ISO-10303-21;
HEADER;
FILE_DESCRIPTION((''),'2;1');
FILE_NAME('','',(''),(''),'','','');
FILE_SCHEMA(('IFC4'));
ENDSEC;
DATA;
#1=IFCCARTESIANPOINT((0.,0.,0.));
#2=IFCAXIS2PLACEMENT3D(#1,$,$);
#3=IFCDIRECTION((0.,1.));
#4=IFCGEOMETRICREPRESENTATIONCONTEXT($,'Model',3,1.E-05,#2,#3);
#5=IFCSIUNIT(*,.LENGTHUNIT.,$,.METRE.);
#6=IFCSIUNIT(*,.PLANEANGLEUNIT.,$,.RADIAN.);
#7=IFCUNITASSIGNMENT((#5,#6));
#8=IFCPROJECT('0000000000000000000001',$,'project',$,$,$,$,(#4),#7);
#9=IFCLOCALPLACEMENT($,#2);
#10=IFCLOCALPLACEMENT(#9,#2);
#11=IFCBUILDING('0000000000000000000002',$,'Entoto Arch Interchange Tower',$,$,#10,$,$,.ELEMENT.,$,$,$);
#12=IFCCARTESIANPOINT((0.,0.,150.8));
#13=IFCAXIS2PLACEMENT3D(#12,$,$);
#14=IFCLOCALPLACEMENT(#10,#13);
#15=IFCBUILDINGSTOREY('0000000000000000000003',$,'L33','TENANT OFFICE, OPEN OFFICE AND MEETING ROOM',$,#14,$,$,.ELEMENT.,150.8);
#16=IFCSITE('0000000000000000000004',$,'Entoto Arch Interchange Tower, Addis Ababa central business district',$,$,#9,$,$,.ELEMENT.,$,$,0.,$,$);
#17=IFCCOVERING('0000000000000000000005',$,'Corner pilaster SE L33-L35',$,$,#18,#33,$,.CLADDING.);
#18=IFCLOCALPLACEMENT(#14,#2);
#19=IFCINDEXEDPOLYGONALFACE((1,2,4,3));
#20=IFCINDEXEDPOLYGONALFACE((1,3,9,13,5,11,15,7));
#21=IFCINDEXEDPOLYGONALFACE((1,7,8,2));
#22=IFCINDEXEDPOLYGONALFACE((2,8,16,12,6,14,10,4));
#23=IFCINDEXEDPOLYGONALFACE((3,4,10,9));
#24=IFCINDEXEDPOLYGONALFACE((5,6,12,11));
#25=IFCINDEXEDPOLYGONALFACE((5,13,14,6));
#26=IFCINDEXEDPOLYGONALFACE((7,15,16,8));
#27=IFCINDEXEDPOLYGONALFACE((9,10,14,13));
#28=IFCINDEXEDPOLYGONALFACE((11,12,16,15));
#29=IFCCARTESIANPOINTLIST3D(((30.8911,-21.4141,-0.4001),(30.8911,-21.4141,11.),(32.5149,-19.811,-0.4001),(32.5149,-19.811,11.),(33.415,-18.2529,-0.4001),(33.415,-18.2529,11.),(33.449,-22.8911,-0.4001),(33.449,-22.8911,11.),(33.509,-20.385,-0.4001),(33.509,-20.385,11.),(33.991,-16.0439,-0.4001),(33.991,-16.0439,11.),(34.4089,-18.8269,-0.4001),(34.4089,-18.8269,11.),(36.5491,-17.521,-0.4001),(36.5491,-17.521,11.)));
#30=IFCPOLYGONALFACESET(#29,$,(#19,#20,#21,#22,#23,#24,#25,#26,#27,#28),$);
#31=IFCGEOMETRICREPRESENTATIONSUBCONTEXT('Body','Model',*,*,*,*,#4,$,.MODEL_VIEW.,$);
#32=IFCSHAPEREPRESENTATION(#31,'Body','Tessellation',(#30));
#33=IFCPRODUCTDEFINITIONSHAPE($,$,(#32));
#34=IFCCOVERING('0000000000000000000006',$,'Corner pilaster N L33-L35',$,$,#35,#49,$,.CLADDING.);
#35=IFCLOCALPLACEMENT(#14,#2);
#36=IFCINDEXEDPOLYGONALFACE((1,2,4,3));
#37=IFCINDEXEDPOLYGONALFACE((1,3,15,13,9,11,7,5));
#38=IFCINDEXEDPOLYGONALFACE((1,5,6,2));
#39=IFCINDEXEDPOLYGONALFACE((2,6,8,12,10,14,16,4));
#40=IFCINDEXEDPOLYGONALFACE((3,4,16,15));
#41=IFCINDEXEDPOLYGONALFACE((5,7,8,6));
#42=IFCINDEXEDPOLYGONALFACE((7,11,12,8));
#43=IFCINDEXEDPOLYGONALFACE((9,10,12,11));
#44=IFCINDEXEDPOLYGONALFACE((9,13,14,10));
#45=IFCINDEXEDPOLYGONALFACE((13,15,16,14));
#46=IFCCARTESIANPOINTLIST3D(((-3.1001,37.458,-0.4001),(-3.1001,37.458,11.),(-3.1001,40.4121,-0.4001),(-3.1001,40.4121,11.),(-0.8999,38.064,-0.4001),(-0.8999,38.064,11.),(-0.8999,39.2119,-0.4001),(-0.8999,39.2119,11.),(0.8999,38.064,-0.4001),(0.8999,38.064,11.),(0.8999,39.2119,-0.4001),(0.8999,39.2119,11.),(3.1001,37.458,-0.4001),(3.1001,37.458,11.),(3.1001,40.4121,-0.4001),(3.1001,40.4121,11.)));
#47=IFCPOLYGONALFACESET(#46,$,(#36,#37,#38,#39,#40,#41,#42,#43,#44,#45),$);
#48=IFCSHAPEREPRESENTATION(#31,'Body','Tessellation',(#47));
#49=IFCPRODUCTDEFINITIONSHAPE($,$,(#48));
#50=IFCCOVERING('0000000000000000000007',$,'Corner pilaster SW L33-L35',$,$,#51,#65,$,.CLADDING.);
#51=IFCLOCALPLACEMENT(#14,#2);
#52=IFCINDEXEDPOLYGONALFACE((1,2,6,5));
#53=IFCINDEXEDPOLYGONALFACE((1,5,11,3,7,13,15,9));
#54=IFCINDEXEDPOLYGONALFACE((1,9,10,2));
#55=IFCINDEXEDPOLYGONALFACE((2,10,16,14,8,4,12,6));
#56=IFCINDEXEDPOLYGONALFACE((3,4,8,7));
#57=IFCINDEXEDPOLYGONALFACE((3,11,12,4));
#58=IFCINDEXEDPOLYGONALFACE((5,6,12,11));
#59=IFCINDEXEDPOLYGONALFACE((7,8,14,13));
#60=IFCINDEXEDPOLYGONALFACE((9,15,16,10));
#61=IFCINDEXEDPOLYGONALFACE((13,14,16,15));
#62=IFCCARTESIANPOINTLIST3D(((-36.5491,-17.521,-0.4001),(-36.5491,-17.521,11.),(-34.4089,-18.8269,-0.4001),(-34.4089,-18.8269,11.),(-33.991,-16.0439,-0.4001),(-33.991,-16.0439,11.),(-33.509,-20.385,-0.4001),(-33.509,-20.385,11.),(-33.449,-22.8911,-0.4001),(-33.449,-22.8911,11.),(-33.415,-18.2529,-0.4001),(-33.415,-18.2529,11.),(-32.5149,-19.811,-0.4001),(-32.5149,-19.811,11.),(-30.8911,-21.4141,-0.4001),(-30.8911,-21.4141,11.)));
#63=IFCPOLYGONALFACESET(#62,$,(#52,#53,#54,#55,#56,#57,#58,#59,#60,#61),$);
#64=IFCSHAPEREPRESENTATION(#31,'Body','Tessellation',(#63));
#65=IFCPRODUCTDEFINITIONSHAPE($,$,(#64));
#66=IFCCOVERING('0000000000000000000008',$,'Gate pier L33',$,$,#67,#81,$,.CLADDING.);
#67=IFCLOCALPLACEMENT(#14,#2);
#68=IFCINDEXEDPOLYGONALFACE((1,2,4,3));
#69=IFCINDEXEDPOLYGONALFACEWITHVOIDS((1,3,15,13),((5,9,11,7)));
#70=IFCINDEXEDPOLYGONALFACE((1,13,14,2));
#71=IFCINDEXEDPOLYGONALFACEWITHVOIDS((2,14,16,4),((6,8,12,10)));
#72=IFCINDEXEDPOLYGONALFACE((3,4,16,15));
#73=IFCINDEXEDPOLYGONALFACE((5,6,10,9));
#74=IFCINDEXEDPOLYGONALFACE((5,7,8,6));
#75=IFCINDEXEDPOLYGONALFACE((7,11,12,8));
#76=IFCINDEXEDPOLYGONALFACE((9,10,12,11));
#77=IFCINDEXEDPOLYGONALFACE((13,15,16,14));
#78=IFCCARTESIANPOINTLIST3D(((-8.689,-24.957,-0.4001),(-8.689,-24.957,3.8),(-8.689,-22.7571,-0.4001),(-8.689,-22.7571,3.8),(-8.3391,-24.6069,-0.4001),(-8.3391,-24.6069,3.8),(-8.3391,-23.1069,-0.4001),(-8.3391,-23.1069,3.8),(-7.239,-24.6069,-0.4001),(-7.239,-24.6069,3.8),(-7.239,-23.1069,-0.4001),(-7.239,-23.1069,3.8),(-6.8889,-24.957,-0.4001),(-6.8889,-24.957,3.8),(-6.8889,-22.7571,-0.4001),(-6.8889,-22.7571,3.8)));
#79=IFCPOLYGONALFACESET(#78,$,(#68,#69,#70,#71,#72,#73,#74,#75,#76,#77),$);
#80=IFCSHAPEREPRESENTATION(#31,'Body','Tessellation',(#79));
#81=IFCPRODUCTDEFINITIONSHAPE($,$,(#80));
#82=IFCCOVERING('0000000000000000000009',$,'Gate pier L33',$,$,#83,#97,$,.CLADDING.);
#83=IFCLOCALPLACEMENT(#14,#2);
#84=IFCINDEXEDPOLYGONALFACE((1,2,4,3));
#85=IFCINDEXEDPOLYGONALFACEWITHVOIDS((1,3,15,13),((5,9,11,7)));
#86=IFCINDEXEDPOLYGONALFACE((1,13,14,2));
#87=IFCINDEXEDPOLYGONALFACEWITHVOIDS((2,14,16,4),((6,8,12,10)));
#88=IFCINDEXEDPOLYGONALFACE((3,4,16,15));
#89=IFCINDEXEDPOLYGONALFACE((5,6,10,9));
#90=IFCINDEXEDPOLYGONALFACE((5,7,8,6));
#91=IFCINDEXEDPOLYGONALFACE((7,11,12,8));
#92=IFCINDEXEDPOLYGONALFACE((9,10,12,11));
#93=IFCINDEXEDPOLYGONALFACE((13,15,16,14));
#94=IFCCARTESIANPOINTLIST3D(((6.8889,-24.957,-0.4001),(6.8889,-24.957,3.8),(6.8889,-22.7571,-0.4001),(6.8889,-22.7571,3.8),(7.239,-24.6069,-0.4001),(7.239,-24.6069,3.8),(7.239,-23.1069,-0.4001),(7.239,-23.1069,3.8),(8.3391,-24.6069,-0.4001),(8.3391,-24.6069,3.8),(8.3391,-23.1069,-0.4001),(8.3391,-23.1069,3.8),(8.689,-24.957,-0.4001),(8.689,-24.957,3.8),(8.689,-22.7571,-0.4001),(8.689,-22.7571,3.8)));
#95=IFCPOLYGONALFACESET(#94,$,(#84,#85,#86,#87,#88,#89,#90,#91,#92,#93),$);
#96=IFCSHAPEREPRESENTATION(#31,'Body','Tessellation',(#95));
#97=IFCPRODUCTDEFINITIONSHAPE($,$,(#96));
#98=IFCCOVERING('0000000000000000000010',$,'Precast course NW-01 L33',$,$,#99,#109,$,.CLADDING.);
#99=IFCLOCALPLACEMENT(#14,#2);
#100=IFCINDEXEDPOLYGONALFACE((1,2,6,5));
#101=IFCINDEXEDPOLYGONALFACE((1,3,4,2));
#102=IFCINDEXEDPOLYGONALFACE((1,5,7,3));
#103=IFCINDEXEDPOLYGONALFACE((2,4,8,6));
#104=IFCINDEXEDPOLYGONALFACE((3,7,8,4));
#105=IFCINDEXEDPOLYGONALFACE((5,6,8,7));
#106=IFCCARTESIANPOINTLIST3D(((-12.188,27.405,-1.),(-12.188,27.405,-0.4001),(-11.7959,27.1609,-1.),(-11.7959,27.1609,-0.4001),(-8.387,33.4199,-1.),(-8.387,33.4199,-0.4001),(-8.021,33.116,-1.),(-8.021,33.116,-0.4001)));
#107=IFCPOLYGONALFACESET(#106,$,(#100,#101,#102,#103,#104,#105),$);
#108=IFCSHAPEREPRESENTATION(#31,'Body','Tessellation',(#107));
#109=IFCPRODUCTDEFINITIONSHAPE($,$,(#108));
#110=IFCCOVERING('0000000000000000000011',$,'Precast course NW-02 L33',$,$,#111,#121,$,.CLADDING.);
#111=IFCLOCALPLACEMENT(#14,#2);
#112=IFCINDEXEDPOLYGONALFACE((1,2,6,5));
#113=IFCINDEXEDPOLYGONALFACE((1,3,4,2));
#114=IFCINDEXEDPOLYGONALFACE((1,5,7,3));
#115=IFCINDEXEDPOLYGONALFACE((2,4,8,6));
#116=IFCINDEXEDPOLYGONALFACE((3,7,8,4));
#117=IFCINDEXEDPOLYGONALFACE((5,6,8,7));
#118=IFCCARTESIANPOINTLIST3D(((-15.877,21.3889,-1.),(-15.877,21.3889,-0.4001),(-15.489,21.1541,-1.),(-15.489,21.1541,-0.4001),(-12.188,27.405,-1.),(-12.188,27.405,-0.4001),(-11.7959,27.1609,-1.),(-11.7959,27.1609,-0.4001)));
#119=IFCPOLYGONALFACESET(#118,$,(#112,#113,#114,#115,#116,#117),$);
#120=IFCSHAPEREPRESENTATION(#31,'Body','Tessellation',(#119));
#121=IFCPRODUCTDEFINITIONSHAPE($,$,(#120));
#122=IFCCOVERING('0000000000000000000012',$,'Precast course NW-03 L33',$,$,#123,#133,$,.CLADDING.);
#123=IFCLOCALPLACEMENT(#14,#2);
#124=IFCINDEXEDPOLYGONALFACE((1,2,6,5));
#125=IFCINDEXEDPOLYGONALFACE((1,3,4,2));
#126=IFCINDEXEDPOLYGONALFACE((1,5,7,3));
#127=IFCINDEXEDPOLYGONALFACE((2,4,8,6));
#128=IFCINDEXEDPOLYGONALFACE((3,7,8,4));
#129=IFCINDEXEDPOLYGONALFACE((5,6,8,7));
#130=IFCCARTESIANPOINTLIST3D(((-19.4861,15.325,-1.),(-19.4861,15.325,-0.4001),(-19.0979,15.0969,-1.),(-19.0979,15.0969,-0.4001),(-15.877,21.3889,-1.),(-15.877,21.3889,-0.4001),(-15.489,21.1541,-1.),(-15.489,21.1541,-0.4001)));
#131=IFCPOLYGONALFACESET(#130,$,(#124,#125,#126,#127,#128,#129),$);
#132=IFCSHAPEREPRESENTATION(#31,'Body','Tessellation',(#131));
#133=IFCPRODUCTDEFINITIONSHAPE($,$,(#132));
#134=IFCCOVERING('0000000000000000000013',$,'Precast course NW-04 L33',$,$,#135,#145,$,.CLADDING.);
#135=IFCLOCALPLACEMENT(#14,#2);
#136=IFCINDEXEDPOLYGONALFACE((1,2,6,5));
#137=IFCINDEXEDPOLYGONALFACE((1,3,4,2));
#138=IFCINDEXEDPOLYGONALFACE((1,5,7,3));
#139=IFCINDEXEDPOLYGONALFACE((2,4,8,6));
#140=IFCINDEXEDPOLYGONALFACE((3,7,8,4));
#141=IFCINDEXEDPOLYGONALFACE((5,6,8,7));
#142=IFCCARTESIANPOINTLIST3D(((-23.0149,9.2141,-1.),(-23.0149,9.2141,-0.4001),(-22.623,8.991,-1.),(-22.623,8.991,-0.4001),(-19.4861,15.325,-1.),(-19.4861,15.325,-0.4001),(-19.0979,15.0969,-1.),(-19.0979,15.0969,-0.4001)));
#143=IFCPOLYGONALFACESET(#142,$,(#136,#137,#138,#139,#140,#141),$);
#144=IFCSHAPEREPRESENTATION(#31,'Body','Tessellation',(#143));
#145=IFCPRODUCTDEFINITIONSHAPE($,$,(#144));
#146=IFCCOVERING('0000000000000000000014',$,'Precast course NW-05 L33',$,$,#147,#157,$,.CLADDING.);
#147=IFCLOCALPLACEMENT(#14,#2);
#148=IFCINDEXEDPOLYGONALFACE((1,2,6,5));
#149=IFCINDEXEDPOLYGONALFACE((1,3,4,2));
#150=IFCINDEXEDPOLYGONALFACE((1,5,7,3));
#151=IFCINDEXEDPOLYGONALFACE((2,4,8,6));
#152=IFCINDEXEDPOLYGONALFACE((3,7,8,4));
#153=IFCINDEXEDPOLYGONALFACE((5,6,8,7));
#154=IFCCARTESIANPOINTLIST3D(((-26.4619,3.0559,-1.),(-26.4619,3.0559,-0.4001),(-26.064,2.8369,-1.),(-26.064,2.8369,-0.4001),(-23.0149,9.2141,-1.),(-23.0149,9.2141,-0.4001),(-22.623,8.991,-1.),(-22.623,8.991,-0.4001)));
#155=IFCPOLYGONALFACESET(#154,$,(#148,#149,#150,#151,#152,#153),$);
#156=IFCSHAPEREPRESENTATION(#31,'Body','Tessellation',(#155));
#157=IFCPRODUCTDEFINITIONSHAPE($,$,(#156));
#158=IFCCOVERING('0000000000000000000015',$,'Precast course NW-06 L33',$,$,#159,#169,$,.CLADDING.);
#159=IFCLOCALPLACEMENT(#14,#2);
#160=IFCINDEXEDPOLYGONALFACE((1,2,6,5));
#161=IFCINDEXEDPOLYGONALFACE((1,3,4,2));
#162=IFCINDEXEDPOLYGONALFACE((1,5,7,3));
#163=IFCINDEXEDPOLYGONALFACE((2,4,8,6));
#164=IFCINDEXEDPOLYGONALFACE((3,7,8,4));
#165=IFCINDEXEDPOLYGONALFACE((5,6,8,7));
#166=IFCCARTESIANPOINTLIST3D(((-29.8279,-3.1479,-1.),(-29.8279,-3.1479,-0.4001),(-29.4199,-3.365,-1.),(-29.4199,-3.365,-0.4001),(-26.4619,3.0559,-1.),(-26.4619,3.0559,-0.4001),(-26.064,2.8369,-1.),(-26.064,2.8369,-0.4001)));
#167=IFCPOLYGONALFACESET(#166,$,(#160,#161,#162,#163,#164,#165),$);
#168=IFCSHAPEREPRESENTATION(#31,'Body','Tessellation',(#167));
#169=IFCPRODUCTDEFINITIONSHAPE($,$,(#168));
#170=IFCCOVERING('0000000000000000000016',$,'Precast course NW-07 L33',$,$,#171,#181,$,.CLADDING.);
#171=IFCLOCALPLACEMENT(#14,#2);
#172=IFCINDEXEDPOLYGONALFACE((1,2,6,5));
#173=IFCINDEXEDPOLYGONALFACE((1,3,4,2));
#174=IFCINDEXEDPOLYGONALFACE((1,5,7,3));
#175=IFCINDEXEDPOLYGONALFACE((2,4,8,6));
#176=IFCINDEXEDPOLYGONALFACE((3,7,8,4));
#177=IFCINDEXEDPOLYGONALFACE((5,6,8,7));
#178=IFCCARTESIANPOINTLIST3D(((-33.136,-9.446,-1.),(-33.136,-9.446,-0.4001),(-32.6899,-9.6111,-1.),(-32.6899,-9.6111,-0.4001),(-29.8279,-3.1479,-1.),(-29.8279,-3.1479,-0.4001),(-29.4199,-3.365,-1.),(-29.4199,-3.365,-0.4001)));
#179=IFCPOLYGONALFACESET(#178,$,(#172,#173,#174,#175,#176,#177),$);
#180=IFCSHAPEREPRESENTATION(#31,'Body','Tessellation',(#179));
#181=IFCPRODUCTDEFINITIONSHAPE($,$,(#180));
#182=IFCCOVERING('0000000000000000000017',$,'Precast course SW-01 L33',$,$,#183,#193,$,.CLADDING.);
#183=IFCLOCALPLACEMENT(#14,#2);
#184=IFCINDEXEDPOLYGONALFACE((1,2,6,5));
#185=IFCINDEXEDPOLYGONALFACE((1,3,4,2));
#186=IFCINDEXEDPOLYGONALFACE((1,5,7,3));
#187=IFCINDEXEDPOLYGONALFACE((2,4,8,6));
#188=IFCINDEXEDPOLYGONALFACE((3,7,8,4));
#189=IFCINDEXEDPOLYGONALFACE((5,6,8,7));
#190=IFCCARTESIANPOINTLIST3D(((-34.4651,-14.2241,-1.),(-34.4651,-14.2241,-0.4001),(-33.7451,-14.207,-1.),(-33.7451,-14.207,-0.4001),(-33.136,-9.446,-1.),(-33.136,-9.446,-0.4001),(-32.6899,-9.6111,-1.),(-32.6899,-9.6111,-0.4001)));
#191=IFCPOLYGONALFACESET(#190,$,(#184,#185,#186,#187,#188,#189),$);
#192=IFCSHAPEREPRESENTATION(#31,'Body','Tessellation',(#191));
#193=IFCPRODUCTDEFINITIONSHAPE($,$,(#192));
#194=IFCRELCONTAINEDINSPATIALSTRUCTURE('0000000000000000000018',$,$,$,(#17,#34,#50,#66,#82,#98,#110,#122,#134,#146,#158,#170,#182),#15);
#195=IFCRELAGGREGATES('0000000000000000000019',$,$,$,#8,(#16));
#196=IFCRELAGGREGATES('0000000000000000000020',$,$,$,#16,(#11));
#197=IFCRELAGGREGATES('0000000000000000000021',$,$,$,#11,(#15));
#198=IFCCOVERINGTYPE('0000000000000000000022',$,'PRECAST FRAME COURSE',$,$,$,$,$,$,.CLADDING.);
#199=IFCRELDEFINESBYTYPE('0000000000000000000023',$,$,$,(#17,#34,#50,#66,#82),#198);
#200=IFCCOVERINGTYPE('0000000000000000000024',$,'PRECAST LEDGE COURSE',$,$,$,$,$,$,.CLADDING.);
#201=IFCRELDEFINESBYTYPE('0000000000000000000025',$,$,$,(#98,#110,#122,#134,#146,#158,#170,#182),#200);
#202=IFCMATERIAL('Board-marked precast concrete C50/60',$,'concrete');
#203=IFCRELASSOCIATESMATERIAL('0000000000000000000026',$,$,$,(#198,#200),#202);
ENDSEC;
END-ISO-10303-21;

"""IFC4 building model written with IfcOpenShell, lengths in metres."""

from ifc_helpers import new_model, si_unit, direction, frame, origin, place, context, subcontext, project, spatial, polyline, outline, extrude, material, type_object, element, save


model = new_model("IFC4")

# Units and contexts
model_context = context("Model", 3, precision=1e-05, world=origin(), true_north=direction((0.0, 1.0)))
body_context = subcontext(model_context, "Body", "Model", "MODEL_VIEW")
ifc_project = project(units=[si_unit("LENGTHUNIT", "METRE"), si_unit("PLANEANGLEUNIT", "RADIAN")], contexts=[model_context])

# Site, building, storey
site_placement = place(None, origin())
site = spatial("IfcSite", under=ifc_project, at=site_placement, Name="Entoto Arch Interchange Tower, Addis Ababa central business district", CompositionType="ELEMENT", RefElevation=0.0)
building_placement = place(site_placement, origin())
building = spatial("IfcBuilding", under=site, at=building_placement, Name="Entoto Arch Interchange Tower", CompositionType="ELEMENT")
storey_placement = place(building_placement, frame((0.0, 0.0, 150.8)))
storey = spatial("IfcBuildingStorey", under=building, at=storey_placement, Name="L33", Description="TENANT OFFICE, OPEN OFFICE AND MEETING ROOM", CompositionType="ELEMENT", Elevation=150.8)

# Shared definitions
ifc_material_1 = material(Name="Board-marked precast concrete C50/60", Category="concrete")

# Coverings
covering_type_1 = type_object("IfcCoveringType", Name="PRECAST FRAME COURSE", PredefinedType="CLADDING", material=ifc_material_1)
covering_1_placement = place(storey_placement, frame((0.0, 0.0, -0.4001)))
element("IfcCovering", 1, at=covering_1_placement, inside=storey, type_object=covering_type_1, Name="Corner pilaster SE L33-L35", PredefinedType="CLADDING", context=body_context, shape_type="SweptSolid", body=[
    extrude(outline(polyline([(36.5491, -17.521), (33.449, -22.8911), (30.8911, -21.4141), (32.5149, -19.811), (33.509, -20.385), (34.4089, -18.8269), (33.415, -18.2529), (33.991, -16.0439), (36.5491, -17.521)])), origin(), (0.0, 0.0, 1.0), 11.4001),
])
covering_2_placement = place(storey_placement, frame((0.0, 0.0, -0.4001)))
element("IfcCovering", 2, at=covering_2_placement, inside=storey, type_object=covering_type_1, Name="Corner pilaster N L33-L35", PredefinedType="CLADDING", context=body_context, shape_type="SweptSolid", body=[
    extrude(outline(polyline([(-3.1001, 40.4121), (3.1001, 40.4121), (3.1001, 37.458), (0.8999, 38.064), (0.8999, 39.2119), (-0.8999, 39.2119), (-0.8999, 38.064), (-3.1001, 37.458), (-3.1001, 40.4121)])), origin(), (0.0, 0.0, 1.0), 11.4001),
])
covering_3_placement = place(storey_placement, frame((0.0, 0.0, -0.4001)))
element("IfcCovering", 3, at=covering_3_placement, inside=storey, type_object=covering_type_1, Name="Corner pilaster SW L33-L35", PredefinedType="CLADDING", context=body_context, shape_type="SweptSolid", body=[
    extrude(outline(polyline([(-33.449, -22.8911), (-36.5491, -17.521), (-33.991, -16.0439), (-33.415, -18.2529), (-34.4089, -18.8269), (-33.509, -20.385), (-32.5149, -19.811), (-30.8911, -21.4141), (-33.449, -22.8911)])), origin(), (0.0, 0.0, 1.0), 11.4001),
])
covering_4_placement = place(storey_placement, frame((0.0, 0.0, -0.4001)))
element("IfcCovering", 4, at=covering_4_placement, inside=storey, type_object=covering_type_1, Name="Gate pier L33", PredefinedType="CLADDING", context=body_context, shape_type="SweptSolid", body=[
    extrude(outline(polyline([(-8.689, -22.7571), (-6.8889, -22.7571), (-6.8889, -24.957), (-8.689, -24.957), (-8.689, -22.7571)]), holes=[polyline([(-8.3391, -23.1069), (-8.3391, -24.6069), (-7.239, -24.6069), (-7.239, -23.1069), (-8.3391, -23.1069)])]), origin(), (0.0, 0.0, 1.0), 4.2002),
])
covering_5_placement = place(storey_placement, frame((0.0, 0.0, -0.4001)))
element("IfcCovering", 5, at=covering_5_placement, inside=storey, type_object=covering_type_1, Name="Gate pier L33", PredefinedType="CLADDING", context=body_context, shape_type="SweptSolid", body=[
    extrude(outline(polyline([(6.8889, -22.7571), (8.689, -22.7571), (8.689, -24.957), (6.8889, -24.957), (6.8889, -22.7571)]), holes=[polyline([(7.239, -23.1069), (7.239, -24.6069), (8.3391, -24.6069), (8.3391, -23.1069), (7.239, -23.1069)])]), origin(), (0.0, 0.0, 1.0), 4.2002),
])
covering_type_2 = type_object("IfcCoveringType", Name="PRECAST LEDGE COURSE", PredefinedType="CLADDING", material=ifc_material_1)
covering_6_placement = place(storey_placement, frame((0.0, 0.0, -1.0)))
element("IfcCovering", 6, at=covering_6_placement, inside=storey, type_object=covering_type_2, Name="Precast course NW-01 L33", PredefinedType="CLADDING", context=body_context, shape_type="SweptSolid", body=[
    extrude(outline(polyline([(-11.7959, 27.1609), (-12.188, 27.405), (-8.387, 33.4199), (-8.021, 33.116), (-11.7959, 27.1609)])), origin(), (0.0, 0.0, 1.0), 0.5999),
])
covering_7_placement = place(storey_placement, frame((0.0, 0.0, -1.0)))
element("IfcCovering", 7, at=covering_7_placement, inside=storey, type_object=covering_type_2, Name="Precast course NW-02 L33", PredefinedType="CLADDING", context=body_context, shape_type="SweptSolid", body=[
    extrude(outline(polyline([(-15.489, 21.1541), (-15.877, 21.3889), (-12.188, 27.405), (-11.7959, 27.1609), (-15.489, 21.1541)])), origin(), (0.0, 0.0, 1.0), 0.5999),
])
covering_8_placement = place(storey_placement, frame((0.0, 0.0, -1.0)))
element("IfcCovering", 8, at=covering_8_placement, inside=storey, type_object=covering_type_2, Name="Precast course NW-03 L33", PredefinedType="CLADDING", context=body_context, shape_type="SweptSolid", body=[
    extrude(outline(polyline([(-19.0979, 15.0969), (-19.4861, 15.325), (-15.877, 21.3889), (-15.489, 21.1541), (-19.0979, 15.0969)])), origin(), (0.0, 0.0, 1.0), 0.5999),
])
covering_9_placement = place(storey_placement, frame((0.0, 0.0, -1.0)))
element("IfcCovering", 9, at=covering_9_placement, inside=storey, type_object=covering_type_2, Name="Precast course NW-04 L33", PredefinedType="CLADDING", context=body_context, shape_type="SweptSolid", body=[
    extrude(outline(polyline([(-22.623, 8.991), (-23.0149, 9.2141), (-19.4861, 15.325), (-19.0979, 15.0969), (-22.623, 8.991)])), origin(), (0.0, 0.0, 1.0), 0.5999),
])
covering_10_placement = place(storey_placement, frame((0.0, 0.0, -1.0)))
element("IfcCovering", 10, at=covering_10_placement, inside=storey, type_object=covering_type_2, Name="Precast course NW-05 L33", PredefinedType="CLADDING", context=body_context, shape_type="SweptSolid", body=[
    extrude(outline(polyline([(-26.064, 2.8369), (-26.4619, 3.0559), (-23.0149, 9.2141), (-22.623, 8.991), (-26.064, 2.8369)])), origin(), (0.0, 0.0, 1.0), 0.5999),
])
covering_11_placement = place(storey_placement, frame((0.0, 0.0, -1.0)))
element("IfcCovering", 11, at=covering_11_placement, inside=storey, type_object=covering_type_2, Name="Precast course NW-06 L33", PredefinedType="CLADDING", context=body_context, shape_type="SweptSolid", body=[
    extrude(outline(polyline([(-29.4199, -3.365), (-29.8279, -3.1479), (-26.4619, 3.0559), (-26.064, 2.8369), (-29.4199, -3.365)])), origin(), (0.0, 0.0, 1.0), 0.5999),
])
covering_12_placement = place(storey_placement, frame((0.0, 0.0, -1.0)))
element("IfcCovering", 12, at=covering_12_placement, inside=storey, type_object=covering_type_2, Name="Precast course NW-07 L33", PredefinedType="CLADDING", context=body_context, shape_type="SweptSolid", body=[
    extrude(outline(polyline([(-32.6899, -9.6111), (-33.136, -9.446), (-29.8279, -3.1479), (-29.4199, -3.365), (-32.6899, -9.6111)])), origin(), (0.0, 0.0, 1.0), 0.5999),
])
covering_13_placement = place(storey_placement, frame((0.0, 0.0, -1.0)))
element("IfcCovering", 13, at=covering_13_placement, inside=storey, type_object=covering_type_2, Name="Precast course SW-01 L33", PredefinedType="CLADDING", context=body_context, shape_type="SweptSolid", body=[
    extrude(outline(polyline([(-33.7451, -14.207), (-34.4651, -14.2241), (-33.136, -9.446), (-32.6899, -9.6111), (-33.7451, -14.207)])), origin(), (0.0, 0.0, 1.0), 0.5999),
])

save(model, "model.ifc")
